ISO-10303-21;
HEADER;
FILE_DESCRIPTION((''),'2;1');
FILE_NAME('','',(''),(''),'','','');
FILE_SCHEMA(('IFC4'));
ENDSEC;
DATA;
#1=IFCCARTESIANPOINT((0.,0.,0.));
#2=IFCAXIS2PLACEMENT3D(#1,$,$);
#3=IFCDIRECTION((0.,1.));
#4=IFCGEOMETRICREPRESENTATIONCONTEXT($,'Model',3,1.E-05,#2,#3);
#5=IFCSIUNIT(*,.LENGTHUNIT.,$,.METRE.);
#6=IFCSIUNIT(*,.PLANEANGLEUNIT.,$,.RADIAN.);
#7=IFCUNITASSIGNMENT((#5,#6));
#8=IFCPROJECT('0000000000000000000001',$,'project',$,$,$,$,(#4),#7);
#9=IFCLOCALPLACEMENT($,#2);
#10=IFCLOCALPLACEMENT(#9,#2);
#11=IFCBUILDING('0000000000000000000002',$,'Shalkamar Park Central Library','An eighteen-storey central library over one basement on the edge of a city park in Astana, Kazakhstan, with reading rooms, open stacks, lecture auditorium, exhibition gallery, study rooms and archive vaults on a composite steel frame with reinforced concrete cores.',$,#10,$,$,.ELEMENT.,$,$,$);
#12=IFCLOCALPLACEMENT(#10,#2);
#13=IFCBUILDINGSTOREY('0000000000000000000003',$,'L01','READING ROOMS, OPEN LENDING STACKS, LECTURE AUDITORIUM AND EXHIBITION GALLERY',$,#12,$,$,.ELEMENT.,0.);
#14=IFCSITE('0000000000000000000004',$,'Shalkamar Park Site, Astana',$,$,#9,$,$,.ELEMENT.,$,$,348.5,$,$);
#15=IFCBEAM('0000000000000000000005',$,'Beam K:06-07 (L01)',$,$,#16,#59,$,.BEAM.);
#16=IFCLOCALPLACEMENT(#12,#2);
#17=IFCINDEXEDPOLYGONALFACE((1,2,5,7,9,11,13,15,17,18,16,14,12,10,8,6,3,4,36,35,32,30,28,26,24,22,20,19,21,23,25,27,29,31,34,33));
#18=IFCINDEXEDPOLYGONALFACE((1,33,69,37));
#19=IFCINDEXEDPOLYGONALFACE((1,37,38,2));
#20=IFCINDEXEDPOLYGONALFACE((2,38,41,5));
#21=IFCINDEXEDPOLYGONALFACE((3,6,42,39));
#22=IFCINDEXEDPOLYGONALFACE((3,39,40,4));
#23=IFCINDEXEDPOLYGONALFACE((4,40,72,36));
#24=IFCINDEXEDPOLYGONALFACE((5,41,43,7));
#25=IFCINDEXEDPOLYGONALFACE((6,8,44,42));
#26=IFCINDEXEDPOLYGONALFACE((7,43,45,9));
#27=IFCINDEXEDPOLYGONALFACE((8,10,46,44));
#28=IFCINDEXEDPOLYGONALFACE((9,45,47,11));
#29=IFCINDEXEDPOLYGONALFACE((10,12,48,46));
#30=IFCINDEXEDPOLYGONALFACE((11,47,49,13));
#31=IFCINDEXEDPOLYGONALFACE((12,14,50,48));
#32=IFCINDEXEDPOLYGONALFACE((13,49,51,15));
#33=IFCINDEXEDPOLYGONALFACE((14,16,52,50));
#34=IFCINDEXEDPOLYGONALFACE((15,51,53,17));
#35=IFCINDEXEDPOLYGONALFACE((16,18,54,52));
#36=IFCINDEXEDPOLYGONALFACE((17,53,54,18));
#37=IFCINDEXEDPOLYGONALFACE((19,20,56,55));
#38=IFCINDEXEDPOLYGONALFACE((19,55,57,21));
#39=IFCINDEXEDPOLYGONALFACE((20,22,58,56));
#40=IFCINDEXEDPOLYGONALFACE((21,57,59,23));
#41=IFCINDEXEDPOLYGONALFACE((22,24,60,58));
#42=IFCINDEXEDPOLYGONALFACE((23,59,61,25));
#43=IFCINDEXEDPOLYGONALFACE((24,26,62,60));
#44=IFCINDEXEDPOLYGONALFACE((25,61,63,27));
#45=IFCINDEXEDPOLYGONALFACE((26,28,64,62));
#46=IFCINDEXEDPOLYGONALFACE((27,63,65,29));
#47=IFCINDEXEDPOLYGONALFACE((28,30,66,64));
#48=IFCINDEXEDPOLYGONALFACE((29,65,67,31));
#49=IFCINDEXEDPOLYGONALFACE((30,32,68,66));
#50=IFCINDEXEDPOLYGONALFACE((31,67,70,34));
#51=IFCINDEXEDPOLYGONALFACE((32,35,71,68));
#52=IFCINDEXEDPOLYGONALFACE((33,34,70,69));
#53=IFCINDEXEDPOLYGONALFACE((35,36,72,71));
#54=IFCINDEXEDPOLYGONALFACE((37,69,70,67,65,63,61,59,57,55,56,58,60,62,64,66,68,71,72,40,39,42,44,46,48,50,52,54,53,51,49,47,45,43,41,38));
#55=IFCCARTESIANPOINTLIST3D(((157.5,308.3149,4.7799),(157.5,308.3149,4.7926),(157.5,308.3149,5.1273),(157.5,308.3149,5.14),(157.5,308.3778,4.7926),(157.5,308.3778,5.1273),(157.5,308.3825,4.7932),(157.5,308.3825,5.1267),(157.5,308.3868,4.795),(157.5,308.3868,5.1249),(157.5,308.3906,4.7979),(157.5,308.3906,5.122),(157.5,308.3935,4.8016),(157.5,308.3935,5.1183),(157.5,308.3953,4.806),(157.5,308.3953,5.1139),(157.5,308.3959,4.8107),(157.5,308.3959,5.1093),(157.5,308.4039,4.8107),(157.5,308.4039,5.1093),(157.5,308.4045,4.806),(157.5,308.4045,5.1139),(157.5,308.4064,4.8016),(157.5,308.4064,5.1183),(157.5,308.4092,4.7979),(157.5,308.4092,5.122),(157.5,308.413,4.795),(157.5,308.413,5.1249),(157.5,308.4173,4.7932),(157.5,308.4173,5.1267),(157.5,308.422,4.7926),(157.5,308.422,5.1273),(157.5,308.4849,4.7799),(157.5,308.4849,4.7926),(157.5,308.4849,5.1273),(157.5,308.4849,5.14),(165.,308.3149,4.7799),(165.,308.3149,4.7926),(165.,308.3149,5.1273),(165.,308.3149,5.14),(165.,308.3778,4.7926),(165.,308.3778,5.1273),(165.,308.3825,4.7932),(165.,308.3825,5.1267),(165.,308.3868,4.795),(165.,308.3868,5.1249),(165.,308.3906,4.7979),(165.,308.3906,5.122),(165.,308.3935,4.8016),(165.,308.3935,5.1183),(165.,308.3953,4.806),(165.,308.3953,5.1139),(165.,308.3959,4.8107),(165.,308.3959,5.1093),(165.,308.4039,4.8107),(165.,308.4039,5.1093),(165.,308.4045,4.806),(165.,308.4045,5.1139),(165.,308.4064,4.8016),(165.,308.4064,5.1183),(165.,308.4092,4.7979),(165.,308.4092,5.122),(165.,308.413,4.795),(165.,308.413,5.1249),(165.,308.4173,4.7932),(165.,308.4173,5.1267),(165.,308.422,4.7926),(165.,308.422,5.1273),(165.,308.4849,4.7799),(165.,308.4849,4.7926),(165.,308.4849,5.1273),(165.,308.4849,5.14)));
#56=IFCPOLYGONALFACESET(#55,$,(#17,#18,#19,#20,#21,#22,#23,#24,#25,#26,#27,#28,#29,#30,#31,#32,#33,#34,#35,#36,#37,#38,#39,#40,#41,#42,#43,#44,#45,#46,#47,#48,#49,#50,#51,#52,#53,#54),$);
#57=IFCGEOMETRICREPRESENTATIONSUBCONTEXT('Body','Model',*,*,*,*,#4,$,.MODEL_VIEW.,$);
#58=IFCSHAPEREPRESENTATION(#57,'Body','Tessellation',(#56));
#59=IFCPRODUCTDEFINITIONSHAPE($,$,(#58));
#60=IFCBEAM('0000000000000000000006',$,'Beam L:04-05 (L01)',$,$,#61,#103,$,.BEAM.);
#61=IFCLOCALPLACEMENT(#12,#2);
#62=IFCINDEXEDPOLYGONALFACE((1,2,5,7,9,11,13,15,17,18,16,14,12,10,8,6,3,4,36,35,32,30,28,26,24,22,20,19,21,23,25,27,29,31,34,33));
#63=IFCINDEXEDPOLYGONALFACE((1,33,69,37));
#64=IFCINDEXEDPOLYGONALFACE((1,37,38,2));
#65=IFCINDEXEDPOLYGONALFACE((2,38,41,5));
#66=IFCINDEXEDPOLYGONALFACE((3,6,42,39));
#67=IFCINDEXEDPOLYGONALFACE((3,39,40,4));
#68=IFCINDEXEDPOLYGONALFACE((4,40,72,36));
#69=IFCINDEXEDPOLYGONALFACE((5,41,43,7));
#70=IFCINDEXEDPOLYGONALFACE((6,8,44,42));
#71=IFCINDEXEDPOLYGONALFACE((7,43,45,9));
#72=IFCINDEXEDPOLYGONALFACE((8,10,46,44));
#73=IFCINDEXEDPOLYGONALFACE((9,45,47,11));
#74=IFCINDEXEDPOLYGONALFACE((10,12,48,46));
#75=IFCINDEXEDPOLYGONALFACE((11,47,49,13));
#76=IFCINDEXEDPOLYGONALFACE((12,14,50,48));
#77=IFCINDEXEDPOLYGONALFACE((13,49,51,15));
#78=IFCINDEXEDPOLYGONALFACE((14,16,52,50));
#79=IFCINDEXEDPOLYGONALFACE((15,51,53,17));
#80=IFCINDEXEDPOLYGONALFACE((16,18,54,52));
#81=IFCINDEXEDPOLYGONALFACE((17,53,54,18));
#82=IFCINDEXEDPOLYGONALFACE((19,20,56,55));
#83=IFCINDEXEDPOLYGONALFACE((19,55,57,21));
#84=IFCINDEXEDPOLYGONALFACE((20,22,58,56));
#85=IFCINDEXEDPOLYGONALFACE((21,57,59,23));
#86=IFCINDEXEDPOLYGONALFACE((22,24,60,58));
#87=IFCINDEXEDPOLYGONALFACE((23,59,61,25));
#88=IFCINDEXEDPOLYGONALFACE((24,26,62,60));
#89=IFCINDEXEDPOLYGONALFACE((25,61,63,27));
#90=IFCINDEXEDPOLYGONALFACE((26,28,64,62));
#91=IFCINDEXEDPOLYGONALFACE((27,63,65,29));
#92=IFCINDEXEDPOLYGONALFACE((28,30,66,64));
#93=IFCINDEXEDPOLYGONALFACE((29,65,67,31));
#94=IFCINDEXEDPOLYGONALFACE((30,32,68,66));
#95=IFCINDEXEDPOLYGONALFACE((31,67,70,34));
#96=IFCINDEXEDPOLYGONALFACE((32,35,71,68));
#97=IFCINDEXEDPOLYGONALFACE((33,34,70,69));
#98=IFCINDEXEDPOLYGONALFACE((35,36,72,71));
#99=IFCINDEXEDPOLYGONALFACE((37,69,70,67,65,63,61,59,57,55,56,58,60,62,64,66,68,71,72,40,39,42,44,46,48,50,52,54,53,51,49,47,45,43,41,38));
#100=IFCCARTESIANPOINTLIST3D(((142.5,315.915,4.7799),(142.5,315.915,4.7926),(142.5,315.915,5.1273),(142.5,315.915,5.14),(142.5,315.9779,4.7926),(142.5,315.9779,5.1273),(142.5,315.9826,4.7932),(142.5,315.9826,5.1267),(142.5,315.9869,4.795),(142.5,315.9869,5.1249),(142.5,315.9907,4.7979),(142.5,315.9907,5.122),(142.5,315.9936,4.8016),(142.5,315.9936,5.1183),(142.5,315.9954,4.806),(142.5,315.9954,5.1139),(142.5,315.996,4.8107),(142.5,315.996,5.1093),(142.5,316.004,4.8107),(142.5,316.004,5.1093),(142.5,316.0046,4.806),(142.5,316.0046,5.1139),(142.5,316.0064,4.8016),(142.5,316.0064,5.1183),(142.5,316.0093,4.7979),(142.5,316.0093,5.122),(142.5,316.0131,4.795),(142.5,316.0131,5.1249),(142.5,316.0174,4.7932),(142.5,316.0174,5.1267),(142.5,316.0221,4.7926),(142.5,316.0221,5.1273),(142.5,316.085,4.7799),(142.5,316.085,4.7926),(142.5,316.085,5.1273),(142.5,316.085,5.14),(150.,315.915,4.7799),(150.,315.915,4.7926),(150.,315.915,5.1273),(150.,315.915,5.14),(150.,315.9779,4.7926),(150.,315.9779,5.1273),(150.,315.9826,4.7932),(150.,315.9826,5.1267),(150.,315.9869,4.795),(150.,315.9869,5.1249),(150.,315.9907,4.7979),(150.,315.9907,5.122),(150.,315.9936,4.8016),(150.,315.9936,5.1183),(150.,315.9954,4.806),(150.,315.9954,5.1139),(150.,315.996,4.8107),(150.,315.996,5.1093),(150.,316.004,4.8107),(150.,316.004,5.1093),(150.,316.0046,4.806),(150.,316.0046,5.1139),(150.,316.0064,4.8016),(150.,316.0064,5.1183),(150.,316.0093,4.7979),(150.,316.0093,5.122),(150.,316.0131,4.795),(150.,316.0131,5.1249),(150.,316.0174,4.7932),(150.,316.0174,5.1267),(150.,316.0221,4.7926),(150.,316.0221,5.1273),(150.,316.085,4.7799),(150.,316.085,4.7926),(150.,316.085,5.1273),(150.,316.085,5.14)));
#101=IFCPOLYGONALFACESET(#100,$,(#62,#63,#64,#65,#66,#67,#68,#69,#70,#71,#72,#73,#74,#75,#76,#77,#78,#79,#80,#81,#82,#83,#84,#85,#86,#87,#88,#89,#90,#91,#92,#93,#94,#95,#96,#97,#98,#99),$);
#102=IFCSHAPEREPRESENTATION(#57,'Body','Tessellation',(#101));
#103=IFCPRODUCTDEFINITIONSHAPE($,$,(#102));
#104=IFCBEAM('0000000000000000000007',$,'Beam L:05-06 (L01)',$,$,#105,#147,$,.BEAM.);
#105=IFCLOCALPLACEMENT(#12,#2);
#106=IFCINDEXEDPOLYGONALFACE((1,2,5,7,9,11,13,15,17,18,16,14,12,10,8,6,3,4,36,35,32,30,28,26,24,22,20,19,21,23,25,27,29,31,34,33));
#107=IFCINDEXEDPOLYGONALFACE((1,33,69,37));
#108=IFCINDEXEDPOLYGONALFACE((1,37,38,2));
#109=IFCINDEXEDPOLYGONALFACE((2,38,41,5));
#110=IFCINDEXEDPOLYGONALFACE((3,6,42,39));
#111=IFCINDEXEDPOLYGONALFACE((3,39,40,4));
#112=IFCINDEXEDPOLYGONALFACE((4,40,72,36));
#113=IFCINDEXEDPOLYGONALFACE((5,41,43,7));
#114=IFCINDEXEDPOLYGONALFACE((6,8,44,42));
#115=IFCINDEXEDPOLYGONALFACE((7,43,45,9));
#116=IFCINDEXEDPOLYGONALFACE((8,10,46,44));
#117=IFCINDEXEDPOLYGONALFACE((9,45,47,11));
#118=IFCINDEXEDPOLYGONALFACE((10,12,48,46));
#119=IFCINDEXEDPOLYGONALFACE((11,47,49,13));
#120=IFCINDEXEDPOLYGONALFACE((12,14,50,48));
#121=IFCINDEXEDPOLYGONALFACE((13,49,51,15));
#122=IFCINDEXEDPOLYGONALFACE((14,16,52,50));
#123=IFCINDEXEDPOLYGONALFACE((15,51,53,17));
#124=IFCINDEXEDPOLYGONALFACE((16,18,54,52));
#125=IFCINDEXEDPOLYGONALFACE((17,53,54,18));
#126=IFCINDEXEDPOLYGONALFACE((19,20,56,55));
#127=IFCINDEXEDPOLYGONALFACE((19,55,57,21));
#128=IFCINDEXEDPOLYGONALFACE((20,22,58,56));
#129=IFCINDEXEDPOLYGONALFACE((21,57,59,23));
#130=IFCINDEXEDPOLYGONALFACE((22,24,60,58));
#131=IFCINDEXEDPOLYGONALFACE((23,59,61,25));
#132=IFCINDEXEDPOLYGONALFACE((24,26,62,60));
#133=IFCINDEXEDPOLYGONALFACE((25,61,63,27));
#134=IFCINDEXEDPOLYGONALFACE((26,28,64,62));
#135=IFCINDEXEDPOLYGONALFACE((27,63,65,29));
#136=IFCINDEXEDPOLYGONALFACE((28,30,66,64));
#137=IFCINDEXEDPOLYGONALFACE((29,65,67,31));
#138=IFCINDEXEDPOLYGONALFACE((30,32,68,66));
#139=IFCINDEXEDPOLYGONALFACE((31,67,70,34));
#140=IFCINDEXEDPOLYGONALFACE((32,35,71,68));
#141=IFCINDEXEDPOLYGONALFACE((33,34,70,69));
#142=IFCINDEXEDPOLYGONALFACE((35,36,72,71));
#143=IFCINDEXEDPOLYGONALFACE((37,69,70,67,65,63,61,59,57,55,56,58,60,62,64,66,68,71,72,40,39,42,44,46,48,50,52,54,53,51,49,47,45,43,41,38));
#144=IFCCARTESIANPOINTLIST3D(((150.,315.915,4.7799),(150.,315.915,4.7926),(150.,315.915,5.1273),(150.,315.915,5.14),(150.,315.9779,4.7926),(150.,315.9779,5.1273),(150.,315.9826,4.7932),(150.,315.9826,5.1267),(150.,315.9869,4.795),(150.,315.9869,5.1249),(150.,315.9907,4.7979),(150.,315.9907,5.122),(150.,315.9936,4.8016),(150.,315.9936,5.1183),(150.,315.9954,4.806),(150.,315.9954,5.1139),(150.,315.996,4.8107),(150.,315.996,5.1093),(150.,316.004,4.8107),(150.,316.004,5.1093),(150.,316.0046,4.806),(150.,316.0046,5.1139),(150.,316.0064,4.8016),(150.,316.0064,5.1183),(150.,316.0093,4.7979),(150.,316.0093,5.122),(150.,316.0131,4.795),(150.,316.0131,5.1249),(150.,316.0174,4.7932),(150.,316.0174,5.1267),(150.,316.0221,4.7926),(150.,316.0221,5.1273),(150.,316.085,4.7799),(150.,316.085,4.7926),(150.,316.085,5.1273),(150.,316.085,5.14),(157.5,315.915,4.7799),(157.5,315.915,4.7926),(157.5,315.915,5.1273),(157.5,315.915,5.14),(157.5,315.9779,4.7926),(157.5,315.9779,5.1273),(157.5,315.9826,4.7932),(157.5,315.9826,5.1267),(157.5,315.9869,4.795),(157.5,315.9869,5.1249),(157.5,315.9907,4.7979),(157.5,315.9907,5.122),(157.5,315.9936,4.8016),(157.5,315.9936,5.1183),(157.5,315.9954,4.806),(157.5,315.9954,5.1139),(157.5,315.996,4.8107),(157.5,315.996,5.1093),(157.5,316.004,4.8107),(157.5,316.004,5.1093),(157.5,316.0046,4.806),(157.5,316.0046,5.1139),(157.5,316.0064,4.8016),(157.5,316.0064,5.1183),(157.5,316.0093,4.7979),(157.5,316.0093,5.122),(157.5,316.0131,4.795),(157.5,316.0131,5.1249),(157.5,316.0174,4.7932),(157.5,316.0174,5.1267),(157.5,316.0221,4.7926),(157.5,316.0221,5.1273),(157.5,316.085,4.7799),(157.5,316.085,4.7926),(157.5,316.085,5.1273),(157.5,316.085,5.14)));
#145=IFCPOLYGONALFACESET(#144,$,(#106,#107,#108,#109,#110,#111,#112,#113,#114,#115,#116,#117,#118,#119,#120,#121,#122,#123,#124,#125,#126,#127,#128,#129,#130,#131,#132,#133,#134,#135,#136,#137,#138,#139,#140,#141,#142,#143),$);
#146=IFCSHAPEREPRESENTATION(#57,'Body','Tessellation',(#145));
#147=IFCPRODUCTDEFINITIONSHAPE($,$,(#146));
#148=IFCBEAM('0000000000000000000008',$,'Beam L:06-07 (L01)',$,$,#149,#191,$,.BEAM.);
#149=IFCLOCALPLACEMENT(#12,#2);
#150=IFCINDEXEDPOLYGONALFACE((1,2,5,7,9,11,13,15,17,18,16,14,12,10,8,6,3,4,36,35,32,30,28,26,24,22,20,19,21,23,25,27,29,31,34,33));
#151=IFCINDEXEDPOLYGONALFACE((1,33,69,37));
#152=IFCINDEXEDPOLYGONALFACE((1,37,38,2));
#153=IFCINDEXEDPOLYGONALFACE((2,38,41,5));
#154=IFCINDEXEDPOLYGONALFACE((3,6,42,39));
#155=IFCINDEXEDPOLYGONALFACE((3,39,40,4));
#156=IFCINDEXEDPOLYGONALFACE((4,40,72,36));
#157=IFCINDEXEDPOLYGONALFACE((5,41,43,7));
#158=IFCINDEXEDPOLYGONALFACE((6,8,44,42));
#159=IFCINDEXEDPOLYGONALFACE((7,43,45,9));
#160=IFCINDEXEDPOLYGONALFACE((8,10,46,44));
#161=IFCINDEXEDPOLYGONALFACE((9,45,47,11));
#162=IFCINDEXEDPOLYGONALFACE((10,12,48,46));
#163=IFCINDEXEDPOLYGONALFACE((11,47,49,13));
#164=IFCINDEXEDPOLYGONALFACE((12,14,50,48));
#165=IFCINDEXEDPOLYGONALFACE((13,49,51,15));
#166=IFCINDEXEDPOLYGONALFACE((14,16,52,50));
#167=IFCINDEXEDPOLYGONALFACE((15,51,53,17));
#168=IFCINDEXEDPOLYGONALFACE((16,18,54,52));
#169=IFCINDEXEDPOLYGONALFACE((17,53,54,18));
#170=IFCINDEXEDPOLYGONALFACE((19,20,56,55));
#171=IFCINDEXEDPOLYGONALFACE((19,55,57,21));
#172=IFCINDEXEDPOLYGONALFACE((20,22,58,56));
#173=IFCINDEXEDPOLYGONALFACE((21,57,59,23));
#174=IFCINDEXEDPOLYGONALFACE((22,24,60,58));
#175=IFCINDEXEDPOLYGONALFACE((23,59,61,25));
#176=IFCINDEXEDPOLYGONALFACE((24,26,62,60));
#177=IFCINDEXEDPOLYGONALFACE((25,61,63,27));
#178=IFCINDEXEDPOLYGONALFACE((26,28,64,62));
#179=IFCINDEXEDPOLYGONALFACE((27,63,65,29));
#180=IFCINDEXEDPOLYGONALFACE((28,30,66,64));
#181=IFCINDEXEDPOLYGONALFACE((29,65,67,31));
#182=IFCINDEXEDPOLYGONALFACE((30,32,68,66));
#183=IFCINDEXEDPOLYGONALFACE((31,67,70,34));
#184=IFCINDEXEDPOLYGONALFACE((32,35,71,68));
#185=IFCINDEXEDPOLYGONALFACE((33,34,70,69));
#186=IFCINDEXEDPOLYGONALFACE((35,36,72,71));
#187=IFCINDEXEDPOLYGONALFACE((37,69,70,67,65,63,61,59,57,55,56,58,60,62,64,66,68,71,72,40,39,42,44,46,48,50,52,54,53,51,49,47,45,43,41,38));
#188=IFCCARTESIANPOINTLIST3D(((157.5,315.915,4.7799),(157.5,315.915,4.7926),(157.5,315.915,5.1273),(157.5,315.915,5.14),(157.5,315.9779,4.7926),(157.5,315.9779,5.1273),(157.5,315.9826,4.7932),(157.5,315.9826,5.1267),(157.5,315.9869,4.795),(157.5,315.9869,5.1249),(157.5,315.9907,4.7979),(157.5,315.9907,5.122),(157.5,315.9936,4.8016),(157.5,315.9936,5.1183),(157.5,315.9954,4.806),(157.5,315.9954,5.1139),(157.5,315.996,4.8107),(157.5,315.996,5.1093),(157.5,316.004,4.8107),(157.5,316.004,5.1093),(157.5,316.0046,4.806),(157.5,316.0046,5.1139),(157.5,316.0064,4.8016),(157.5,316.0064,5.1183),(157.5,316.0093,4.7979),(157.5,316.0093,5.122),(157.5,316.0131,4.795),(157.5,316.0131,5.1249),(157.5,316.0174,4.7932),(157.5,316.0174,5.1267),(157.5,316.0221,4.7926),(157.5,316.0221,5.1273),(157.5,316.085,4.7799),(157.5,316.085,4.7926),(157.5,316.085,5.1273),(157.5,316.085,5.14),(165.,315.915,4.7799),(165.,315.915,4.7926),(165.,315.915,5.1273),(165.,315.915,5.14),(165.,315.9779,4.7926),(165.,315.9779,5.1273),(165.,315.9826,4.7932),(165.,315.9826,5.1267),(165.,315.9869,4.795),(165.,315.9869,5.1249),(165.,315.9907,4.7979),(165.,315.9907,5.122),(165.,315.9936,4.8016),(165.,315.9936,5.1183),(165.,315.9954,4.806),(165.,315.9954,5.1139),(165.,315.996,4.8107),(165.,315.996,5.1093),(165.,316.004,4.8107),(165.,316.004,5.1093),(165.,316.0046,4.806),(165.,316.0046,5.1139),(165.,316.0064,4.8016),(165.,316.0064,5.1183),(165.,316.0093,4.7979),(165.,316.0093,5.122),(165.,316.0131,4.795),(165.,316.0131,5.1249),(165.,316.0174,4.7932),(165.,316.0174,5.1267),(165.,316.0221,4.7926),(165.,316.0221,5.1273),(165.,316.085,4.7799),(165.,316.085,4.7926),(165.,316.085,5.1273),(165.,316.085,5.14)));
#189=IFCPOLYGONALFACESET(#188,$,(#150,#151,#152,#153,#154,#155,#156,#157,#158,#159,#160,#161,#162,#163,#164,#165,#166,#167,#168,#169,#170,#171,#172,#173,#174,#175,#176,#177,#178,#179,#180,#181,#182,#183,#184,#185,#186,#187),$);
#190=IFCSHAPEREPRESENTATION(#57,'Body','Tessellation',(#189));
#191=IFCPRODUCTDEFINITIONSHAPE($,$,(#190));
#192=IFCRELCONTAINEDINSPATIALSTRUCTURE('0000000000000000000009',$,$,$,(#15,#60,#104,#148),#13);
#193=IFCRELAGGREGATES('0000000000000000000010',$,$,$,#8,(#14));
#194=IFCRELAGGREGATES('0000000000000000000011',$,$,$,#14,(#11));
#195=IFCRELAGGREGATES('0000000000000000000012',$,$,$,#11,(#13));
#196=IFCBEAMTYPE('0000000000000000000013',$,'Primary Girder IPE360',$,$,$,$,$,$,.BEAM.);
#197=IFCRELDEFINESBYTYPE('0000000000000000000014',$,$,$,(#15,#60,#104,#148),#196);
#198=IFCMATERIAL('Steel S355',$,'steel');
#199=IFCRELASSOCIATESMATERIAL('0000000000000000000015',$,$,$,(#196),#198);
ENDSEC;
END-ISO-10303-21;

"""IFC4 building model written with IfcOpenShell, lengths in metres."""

from ifc_helpers import new_model, si_unit, direction, frame, origin, origin_2d, place, context, subcontext, project, spatial, i_section, extrude, material, material_profile, profile_set, type_object, element, save


model = new_model("IFC4")

# Units and contexts
model_context = context("Model", 3, precision=1e-05, world=origin(), true_north=direction((0.0, 1.0)))
body_context = subcontext(model_context, "Body", "Model", "MODEL_VIEW")
ifc_project = project(units=[si_unit("LENGTHUNIT", "METRE"), si_unit("PLANEANGLEUNIT", "RADIAN")], contexts=[model_context])

# Site, building, storey
site_placement = place(None, origin())
site = spatial("IfcSite", under=ifc_project, at=site_placement, Name="Shalkamar Park Site, Astana", CompositionType="ELEMENT", RefElevation=348.5)
building_placement = place(site_placement, origin())
building = spatial("IfcBuilding", under=site, at=building_placement, Name="Shalkamar Park Central Library", Description="An eighteen-storey central library over one basement on the edge of a city park in Astana, Kazakhstan, with reading rooms, open stacks, lecture auditorium, exhibition gallery, study rooms and archive vaults on a composite steel frame with reinforced concrete cores.", CompositionType="ELEMENT")
storey_placement = place(building_placement, origin())
storey = spatial("IfcBuildingStorey", under=building, at=storey_placement, Name="L01", Description="READING ROOMS, OPEN LENDING STACKS, LECTURE AUDITORIUM AND EXHIBITION GALLERY", CompositionType="ELEMENT", Elevation=0.0)

# Shared definitions
ifc_material_1 = material(Name="Steel S355", Category="steel")

# Beams
ifc_material_profile_1 = material_profile(ifc_material_1, i_section(OverallWidth=0.1699, OverallDepth=0.3601, WebThickness=0.0081, FlangeThickness=0.0127, FilletRadius=0.0181, at=origin_2d()), Name="IPE 360")
ifc_profile_set_1 = profile_set([ifc_material_profile_1], Name="Steel S355")
beam_type = type_object("IfcBeamType", Name="Primary Girder IPE360", PredefinedType="BEAM", material=ifc_profile_set_1)
for number, where, z_axis, x_axis, name in (
    (1, (157.5, 308.3999, 4.96), (1.0, 0.0, 0.0), (0.0, 1.0, 0.0), "Beam K:06-07 (L01)"),
    (2, (142.5, 316.0, 4.96), (1.0, 0.0, 0.0), (0.0, 1.0, 0.0), "Beam L:04-05 (L01)"),
    (3, (150.0, 316.0, 4.96), (1.0, 0.0, 0.0), (0.0, 1.0, 0.0), "Beam L:05-06 (L01)"),
    (4, (157.5, 316.0, 4.96), (1.0, 0.0, 0.0), (0.0, 1.0, 0.0), "Beam L:06-07 (L01)"),
):
    element("IfcBeam", number, at=place(storey_placement, frame(where, z_axis=z_axis, x_axis=x_axis)), inside=storey, type_object=beam_type, Name=name, PredefinedType="BEAM", context=body_context, shape_type="SweptSolid", body=[
        extrude(i_section(OverallWidth=0.1699, OverallDepth=0.3601, WebThickness=0.0081, FlangeThickness=0.0127, FilletRadius=0.0181, at=origin_2d()), origin(), (0.0, 0.0, 1.0), 7.5),
    ])

save(model, "model.ifc")
